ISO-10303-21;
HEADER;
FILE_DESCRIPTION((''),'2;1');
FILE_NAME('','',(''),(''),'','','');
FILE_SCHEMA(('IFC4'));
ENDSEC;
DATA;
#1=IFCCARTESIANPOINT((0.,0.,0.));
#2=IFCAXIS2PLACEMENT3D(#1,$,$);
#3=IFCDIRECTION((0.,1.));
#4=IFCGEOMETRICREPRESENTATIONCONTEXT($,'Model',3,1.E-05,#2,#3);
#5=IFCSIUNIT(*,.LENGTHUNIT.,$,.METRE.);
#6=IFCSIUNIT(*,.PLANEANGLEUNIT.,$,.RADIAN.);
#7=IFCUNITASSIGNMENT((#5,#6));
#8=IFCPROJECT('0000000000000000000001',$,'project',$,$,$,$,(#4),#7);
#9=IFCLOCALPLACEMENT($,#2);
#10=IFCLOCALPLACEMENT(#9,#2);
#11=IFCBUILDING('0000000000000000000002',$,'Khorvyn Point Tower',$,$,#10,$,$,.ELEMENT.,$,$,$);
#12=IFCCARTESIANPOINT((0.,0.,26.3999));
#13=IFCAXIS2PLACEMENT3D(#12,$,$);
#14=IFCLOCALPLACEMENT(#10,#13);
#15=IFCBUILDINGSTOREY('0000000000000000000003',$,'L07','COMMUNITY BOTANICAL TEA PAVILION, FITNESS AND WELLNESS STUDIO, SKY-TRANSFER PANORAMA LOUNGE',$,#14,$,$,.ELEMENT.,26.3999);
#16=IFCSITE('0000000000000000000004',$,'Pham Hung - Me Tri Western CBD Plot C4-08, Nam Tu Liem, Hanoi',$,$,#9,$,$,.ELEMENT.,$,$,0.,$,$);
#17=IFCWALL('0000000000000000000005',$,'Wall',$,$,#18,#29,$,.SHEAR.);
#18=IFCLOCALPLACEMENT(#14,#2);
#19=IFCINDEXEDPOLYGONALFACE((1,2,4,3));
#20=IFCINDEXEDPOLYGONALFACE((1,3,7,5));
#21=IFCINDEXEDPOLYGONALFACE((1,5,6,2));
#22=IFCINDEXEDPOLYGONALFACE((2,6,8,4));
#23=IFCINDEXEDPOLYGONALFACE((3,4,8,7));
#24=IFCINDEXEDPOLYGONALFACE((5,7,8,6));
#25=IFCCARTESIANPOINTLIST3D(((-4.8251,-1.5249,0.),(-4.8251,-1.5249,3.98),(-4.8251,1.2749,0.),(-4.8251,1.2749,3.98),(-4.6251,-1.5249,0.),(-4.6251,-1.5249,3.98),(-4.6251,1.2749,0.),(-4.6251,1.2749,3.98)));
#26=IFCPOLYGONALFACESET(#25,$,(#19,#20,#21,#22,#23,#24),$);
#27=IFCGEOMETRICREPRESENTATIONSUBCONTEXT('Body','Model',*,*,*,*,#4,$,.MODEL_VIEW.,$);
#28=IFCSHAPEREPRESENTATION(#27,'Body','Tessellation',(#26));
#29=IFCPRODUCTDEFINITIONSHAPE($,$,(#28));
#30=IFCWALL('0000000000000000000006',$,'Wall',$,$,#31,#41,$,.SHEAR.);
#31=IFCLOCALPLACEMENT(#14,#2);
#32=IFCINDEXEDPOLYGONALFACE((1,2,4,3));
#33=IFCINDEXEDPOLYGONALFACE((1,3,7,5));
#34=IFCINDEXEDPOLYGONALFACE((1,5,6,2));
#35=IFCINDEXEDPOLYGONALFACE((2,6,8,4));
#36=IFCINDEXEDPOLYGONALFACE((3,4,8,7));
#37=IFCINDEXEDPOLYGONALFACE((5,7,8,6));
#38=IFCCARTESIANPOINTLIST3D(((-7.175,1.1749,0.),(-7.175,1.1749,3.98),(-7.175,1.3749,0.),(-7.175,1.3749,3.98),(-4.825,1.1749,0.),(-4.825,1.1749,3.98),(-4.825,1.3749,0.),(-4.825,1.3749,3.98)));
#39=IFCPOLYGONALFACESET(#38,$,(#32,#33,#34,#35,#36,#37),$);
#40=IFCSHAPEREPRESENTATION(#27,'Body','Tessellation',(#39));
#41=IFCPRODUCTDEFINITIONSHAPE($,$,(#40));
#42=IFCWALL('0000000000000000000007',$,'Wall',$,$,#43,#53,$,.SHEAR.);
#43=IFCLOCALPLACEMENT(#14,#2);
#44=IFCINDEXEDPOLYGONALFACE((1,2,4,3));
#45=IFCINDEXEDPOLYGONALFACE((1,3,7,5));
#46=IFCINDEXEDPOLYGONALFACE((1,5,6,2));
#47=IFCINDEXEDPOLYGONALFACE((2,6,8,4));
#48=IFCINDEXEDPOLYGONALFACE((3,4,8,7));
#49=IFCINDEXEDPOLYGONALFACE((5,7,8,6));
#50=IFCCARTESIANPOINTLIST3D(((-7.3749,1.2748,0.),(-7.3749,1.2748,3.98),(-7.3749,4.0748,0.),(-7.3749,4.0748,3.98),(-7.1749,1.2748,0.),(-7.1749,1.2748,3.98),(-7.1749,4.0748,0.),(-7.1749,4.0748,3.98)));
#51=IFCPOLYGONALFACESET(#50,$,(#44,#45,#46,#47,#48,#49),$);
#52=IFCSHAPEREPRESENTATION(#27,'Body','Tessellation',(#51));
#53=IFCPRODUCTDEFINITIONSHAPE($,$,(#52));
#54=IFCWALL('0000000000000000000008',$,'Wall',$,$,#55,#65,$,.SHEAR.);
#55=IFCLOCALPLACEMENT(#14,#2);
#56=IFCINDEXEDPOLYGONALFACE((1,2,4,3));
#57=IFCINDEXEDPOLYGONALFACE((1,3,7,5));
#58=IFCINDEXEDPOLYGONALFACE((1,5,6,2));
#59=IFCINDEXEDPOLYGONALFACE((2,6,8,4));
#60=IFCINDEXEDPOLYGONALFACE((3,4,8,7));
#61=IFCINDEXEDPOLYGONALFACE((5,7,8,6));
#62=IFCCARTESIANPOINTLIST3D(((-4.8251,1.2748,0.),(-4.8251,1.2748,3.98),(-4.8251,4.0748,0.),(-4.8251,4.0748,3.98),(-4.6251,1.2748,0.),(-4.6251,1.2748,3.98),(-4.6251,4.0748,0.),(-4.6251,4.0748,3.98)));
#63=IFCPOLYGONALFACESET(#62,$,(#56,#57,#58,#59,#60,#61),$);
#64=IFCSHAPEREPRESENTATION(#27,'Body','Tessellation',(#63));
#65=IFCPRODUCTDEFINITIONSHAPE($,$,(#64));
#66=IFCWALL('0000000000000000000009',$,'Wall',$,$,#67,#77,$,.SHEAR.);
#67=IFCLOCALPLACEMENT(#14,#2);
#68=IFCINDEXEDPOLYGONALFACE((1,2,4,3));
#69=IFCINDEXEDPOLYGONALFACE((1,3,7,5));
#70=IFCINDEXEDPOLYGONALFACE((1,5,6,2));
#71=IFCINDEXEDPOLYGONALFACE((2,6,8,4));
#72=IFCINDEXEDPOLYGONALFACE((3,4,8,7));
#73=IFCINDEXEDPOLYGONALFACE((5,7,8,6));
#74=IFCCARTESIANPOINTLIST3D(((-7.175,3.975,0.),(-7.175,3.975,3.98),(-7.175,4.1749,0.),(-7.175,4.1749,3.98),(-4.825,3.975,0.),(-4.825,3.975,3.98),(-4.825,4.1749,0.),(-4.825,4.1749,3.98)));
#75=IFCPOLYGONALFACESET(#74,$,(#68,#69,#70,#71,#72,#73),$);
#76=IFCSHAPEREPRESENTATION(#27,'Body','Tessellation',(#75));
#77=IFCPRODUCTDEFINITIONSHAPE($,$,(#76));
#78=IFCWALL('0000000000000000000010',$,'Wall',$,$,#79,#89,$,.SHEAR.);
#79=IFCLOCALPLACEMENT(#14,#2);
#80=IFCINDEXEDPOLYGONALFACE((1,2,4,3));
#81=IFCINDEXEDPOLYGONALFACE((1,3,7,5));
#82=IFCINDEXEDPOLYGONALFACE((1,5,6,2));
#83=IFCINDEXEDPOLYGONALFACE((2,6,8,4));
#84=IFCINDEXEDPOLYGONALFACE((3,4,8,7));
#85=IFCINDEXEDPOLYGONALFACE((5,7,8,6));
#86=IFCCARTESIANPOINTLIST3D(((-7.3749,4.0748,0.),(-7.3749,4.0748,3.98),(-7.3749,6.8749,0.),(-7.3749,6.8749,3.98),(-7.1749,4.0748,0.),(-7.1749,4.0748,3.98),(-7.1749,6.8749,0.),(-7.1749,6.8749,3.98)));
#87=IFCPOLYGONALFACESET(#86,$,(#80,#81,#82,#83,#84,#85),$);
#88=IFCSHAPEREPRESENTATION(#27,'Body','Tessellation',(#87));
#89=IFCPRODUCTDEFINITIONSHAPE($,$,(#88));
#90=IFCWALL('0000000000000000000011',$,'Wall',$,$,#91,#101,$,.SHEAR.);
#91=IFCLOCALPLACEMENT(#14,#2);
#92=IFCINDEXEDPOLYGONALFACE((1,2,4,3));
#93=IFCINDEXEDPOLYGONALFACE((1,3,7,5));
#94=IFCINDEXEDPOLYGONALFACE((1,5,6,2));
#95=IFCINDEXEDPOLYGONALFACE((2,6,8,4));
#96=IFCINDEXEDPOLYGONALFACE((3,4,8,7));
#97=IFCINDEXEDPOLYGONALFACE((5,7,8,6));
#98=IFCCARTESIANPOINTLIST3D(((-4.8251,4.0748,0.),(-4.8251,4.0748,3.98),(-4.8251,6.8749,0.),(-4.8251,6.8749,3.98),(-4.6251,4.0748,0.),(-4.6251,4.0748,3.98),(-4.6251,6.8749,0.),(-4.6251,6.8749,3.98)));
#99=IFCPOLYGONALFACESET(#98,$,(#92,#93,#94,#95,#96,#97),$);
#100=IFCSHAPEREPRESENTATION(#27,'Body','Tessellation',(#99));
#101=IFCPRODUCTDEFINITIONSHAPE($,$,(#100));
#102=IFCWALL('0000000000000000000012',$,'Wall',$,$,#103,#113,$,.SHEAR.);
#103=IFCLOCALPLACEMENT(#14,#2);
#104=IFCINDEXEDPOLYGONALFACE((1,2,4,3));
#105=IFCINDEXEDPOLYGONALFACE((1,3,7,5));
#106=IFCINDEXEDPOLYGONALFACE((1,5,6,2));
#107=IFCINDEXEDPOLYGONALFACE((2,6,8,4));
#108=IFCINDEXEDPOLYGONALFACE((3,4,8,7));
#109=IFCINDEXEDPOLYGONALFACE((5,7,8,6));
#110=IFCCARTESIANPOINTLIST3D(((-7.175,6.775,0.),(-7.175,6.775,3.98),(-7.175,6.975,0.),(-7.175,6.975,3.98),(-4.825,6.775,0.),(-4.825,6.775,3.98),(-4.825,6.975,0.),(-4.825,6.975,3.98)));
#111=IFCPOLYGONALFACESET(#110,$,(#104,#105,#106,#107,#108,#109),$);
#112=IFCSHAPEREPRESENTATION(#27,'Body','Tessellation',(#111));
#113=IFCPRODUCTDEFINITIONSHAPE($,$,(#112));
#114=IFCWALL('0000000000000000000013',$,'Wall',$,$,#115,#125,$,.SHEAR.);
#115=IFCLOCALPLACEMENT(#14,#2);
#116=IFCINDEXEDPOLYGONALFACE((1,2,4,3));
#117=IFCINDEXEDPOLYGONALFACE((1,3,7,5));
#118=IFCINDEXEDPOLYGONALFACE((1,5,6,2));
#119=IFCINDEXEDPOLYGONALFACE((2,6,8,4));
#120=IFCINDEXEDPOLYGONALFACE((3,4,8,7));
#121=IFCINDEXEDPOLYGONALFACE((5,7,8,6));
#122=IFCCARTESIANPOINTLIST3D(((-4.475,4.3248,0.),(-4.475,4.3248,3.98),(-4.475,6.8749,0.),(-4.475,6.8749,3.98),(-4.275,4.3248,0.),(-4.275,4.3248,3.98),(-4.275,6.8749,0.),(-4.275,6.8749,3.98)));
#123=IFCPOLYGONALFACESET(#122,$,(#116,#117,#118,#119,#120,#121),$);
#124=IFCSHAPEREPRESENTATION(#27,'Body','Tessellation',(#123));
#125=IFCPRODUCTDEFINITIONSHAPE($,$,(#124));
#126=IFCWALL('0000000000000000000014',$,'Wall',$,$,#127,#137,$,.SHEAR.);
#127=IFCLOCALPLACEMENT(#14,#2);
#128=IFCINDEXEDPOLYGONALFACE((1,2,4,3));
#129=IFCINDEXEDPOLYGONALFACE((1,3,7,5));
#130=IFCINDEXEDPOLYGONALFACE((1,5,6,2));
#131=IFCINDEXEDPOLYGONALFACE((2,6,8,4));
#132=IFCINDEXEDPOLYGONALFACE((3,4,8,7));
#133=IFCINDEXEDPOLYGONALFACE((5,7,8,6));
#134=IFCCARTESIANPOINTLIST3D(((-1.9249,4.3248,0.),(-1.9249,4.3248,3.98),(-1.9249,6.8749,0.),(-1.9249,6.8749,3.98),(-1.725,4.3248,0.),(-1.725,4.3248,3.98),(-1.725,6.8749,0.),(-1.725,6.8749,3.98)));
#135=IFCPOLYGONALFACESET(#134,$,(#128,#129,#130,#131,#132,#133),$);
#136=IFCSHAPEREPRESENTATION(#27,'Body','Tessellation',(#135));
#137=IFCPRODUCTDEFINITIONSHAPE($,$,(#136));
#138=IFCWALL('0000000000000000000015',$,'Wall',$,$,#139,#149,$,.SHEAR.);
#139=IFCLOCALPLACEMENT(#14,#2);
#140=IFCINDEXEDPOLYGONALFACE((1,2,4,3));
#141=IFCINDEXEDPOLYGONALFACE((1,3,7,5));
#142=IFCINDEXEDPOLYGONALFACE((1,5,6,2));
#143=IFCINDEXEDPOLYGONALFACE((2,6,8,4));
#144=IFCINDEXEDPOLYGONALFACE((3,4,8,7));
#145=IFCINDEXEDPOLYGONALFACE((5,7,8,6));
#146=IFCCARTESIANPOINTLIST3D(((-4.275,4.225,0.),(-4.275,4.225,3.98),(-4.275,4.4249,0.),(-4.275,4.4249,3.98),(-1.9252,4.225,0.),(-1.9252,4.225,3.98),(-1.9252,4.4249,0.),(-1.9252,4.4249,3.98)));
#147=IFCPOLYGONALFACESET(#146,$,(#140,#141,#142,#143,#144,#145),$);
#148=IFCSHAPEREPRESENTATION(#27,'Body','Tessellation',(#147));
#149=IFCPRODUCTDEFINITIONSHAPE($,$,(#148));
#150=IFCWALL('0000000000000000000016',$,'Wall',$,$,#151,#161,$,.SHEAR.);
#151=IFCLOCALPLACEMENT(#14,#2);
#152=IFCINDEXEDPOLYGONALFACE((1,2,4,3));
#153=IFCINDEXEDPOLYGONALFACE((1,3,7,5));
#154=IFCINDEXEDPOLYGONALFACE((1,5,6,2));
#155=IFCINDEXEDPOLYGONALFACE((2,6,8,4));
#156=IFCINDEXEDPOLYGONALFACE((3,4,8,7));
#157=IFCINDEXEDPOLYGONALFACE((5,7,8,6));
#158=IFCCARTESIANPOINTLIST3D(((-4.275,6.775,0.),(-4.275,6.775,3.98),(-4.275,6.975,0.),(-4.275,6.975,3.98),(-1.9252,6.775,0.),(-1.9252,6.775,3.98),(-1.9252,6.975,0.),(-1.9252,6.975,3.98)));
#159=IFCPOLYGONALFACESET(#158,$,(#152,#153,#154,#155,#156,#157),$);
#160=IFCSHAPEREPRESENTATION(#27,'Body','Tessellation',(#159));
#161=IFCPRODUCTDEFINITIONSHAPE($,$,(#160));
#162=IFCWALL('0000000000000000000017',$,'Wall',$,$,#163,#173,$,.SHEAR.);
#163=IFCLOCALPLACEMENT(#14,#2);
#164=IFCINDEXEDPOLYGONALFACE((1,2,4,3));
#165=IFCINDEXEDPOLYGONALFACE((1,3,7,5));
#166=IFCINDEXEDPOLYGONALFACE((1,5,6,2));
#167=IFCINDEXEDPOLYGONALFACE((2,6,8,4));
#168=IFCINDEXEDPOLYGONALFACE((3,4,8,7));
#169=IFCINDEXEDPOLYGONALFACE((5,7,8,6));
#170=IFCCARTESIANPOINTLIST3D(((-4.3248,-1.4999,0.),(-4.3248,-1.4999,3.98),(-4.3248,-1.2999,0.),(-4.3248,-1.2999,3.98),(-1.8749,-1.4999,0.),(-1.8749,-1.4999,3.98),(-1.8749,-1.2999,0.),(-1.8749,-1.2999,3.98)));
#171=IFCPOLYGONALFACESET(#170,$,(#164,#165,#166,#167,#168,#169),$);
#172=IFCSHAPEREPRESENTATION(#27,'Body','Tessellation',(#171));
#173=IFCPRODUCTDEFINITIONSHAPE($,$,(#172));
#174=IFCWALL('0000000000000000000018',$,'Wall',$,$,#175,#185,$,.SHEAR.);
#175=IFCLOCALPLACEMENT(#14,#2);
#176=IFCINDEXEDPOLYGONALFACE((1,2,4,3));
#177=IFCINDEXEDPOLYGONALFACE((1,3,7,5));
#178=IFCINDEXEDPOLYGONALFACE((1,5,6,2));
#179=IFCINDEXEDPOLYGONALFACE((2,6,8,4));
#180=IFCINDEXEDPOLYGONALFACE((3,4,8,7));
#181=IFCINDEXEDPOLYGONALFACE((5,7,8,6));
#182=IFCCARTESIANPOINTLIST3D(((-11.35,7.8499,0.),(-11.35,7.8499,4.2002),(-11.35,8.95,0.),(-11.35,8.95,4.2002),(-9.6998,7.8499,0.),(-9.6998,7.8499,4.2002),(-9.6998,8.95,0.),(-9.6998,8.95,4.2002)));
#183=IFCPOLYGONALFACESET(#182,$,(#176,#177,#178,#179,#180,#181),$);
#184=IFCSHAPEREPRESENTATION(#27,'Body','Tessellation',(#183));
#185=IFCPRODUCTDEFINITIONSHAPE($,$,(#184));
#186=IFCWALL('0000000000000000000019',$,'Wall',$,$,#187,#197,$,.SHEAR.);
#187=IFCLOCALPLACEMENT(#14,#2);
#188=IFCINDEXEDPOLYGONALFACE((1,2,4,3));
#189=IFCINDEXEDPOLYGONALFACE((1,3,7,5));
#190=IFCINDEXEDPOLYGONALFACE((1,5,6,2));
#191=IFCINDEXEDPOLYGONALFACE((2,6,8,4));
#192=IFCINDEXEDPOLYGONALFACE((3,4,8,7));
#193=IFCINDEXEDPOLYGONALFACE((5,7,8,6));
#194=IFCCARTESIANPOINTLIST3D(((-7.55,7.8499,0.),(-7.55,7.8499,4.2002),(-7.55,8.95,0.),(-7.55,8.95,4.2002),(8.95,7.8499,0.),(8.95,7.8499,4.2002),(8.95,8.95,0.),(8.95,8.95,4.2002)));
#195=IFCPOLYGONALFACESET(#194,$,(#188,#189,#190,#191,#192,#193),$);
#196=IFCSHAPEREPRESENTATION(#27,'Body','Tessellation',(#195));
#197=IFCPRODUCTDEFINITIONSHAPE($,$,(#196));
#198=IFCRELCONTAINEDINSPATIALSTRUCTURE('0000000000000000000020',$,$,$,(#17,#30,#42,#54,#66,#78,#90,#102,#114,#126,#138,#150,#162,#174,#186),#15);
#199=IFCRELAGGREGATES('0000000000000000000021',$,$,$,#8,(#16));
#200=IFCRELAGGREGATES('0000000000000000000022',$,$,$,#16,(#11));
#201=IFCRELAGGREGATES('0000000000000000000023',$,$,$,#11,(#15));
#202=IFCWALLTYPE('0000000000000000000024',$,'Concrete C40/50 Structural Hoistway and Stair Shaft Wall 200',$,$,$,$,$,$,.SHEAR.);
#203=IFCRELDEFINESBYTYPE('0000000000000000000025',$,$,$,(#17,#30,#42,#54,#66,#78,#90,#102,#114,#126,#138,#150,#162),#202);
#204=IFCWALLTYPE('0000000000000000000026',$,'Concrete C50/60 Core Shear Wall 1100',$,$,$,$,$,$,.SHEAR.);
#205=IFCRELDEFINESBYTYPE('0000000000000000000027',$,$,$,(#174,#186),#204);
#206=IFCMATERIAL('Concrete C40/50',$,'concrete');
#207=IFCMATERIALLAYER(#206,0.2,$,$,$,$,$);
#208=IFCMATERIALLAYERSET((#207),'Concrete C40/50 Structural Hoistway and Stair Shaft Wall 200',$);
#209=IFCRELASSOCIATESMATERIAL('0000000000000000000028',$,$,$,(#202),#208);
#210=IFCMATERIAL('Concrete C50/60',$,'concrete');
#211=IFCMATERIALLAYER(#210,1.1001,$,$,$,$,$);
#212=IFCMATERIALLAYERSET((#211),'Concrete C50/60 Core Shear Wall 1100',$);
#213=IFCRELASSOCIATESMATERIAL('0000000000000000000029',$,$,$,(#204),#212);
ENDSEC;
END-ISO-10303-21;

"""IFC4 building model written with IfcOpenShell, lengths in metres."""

from ifc_helpers import new_model, si_unit, direction, frame, frame_2d, origin, place, context, subcontext, project, spatial, rectangle, extrude, material, layer, layer_set, type_object, element, save


model = new_model("IFC4")

# Units and contexts
model_context = context("Model", 3, precision=1e-05, world=origin(), true_north=direction((0.0, 1.0)))
body_context = subcontext(model_context, "Body", "Model", "MODEL_VIEW")
ifc_project = project(units=[si_unit("LENGTHUNIT", "METRE"), si_unit("PLANEANGLEUNIT", "RADIAN")], contexts=[model_context])

# Site, building, storey
site_placement = place(None, origin())
site = spatial("IfcSite", under=ifc_project, at=site_placement, Name="Pham Hung - Me Tri Western CBD Plot C4-08, Nam Tu Liem, Hanoi", CompositionType="ELEMENT", RefElevation=0.0)
building_placement = place(site_placement, origin())
building = spatial("IfcBuilding", under=site, at=building_placement, Name="Khorvyn Point Tower", CompositionType="ELEMENT")
storey_placement = place(building_placement, frame((0.0, 0.0, 26.3999)))
storey = spatial("IfcBuildingStorey", under=building, at=storey_placement, Name="L07", Description="COMMUNITY BOTANICAL TEA PAVILION, FITNESS AND WELLNESS STUDIO, SKY-TRANSFER PANORAMA LOUNGE", CompositionType="ELEMENT", Elevation=26.3999)

# Shared definitions
ifc_material_1 = material(Name="Concrete C40/50", Category="concrete")
ifc_material_2 = material(Name="Concrete C50/60", Category="concrete")

# Shared definitions
ifc_layer_1 = layer(ifc_material_1, 0.2)
ifc_layer_set_1 = layer_set([ifc_layer_1], Name="Concrete C40/50 Structural Hoistway and Stair Shaft Wall 200")
wall_type_1 = type_object("IfcWallType", Name="Concrete C40/50 Structural Hoistway and Stair Shaft Wall 200", PredefinedType="SHEAR", material=ifc_layer_set_1)

# Walls
wall_1_placement = place(storey_placement, frame((-4.7251, -1.5249, 0.0), z_axis=(0.0, 0.0, 1.0), x_axis=(0.0, 1.0, 0.0)))
element("IfcWall", 1, at=wall_1_placement, inside=storey, type_object=wall_type_1, Name="Wall", PredefinedType="SHEAR", context=body_context, shape_type="SweptSolid", body=[
    extrude(rectangle(XDim=2.7998, YDim=0.2, at=frame_2d((1.3999, 0.0))), origin(), (0.0, 0.0, 1.0), 3.98),
])
wall_2_placement = place(storey_placement, frame((-7.175, 1.2749, 0.0), z_axis=(0.0, 0.0, 1.0), x_axis=(1.0, 0.0, 0.0)))
element("IfcWall", 2, at=wall_2_placement, inside=storey, type_object=wall_type_1, Name="Wall", PredefinedType="SHEAR", context=body_context, shape_type="SweptSolid", body=[
    extrude(rectangle(XDim=2.3501, YDim=0.2, at=frame_2d((1.175, 0.0))), origin(), (0.0, 0.0, 1.0), 3.98),
])
for number, where, z_axis, x_axis, name in (
    (3, (-7.2749, 1.2749, 0.0), (0.0, 0.0, 1.0), (0.0, 1.0, 0.0), "Wall"),
    (4, (-4.7251, 1.2749, 0.0), (0.0, 0.0, 1.0), (0.0, 1.0, 0.0), "Wall"),
):
    element("IfcWall", number, at=place(storey_placement, frame(where, z_axis=z_axis, x_axis=x_axis)), inside=storey, type_object=wall_type_1, Name=name, PredefinedType="SHEAR", context=body_context, shape_type="SweptSolid", body=[
        extrude(rectangle(XDim=2.8, YDim=0.2, at=frame_2d((1.3999, 0.0))), origin(), (0.0, 0.0, 1.0), 3.98),
    ])
wall_3_placement = place(storey_placement, frame((-7.175, 4.075, 0.0), z_axis=(0.0, 0.0, 1.0), x_axis=(1.0, 0.0, 0.0)))
element("IfcWall", 5, at=wall_3_placement, inside=storey, type_object=wall_type_1, Name="Wall", PredefinedType="SHEAR", context=body_context, shape_type="SweptSolid", body=[
    extrude(rectangle(XDim=2.3501, YDim=0.2, at=frame_2d((1.175, 0.0))), origin(), (0.0, 0.0, 1.0), 3.98),
])
for number, where, z_axis, x_axis, name in (
    (6, (-7.2749, 4.075, 0.0), (0.0, 0.0, 1.0), (0.0, 1.0, 0.0), "Wall"),
    (7, (-4.7251, 4.075, 0.0), (0.0, 0.0, 1.0), (0.0, 1.0, 0.0), "Wall"),
):
    element("IfcWall", number, at=place(storey_placement, frame(where, z_axis=z_axis, x_axis=x_axis)), inside=storey, type_object=wall_type_1, Name=name, PredefinedType="SHEAR", context=body_context, shape_type="SweptSolid", body=[
        extrude(rectangle(XDim=2.8, YDim=0.2, at=frame_2d((1.3999, 0.0))), origin(), (0.0, 0.0, 1.0), 3.98),
    ])
wall_4_placement = place(storey_placement, frame((-7.175, 6.875, 0.0), z_axis=(0.0, 0.0, 1.0), x_axis=(1.0, 0.0, 0.0)))
element("IfcWall", 8, at=wall_4_placement, inside=storey, type_object=wall_type_1, Name="Wall", PredefinedType="SHEAR", context=body_context, shape_type="SweptSolid", body=[
    extrude(rectangle(XDim=2.3501, YDim=0.2, at=frame_2d((1.175, 0.0))), origin(), (0.0, 0.0, 1.0), 3.98),
])
for number, where, z_axis, x_axis, name in (
    (9, (-4.375, 4.325, 0.0), (0.0, 0.0, 1.0), (0.0, 1.0, 0.0), "Wall"),
    (10, (-1.825, 4.325, 0.0), (0.0, 0.0, 1.0), (0.0, 1.0, 0.0), "Wall"),
):
    element("IfcWall", number, at=place(storey_placement, frame(where, z_axis=z_axis, x_axis=x_axis)), inside=storey, type_object=wall_type_1, Name=name, PredefinedType="SHEAR", context=body_context, shape_type="SweptSolid", body=[
        extrude(rectangle(XDim=2.55, YDim=0.2, at=frame_2d((1.2749, 0.0))), origin(), (0.0, 0.0, 1.0), 3.98),
    ])
for number, where, z_axis, x_axis, name in (
    (11, (-4.2749, 4.325, 0.0), (0.0, 0.0, 1.0), (1.0, 0.0, 0.0), "Wall"),
    (12, (-4.2749, 6.875, 0.0), (0.0, 0.0, 1.0), (1.0, 0.0, 0.0), "Wall"),
):
    element("IfcWall", number, at=place(storey_placement, frame(where, z_axis=z_axis, x_axis=x_axis)), inside=storey, type_object=wall_type_1, Name=name, PredefinedType="SHEAR", context=body_context, shape_type="SweptSolid", body=[
        extrude(rectangle(XDim=2.3499, YDim=0.2, at=frame_2d((1.1748, 0.0))), origin(), (0.0, 0.0, 1.0), 3.98),
    ])
wall_5_placement = place(storey_placement, frame((-4.325, -1.3999, 0.0), z_axis=(0.0, 0.0, 1.0), x_axis=(1.0, 0.0, 0.0)))
element("IfcWall", 13, at=wall_5_placement, inside=storey, type_object=wall_type_1, Name="Wall", PredefinedType="SHEAR", context=body_context, shape_type="SweptSolid", body=[
    extrude(rectangle(XDim=2.45, YDim=0.2, at=frame_2d((1.2251, 0.0))), origin(), (0.0, 0.0, 1.0), 3.98),
])
ifc_layer_2 = layer(ifc_material_2, 1.1001)
ifc_layer_set_2 = layer_set([ifc_layer_2], Name="Concrete C50/60 Core Shear Wall 1100")
wall_type_2 = type_object("IfcWallType", Name="Concrete C50/60 Core Shear Wall 1100", PredefinedType="SHEAR", material=ifc_layer_set_2)
wall_6_placement = place(storey_placement, frame((-11.3501, 8.3999, 0.0), z_axis=(0.0, 0.0, 1.0), x_axis=(1.0, 0.0, 0.0)))
element("IfcWall", 14, at=wall_6_placement, inside=storey, type_object=wall_type_2, Name="Wall", PredefinedType="SHEAR", context=body_context, shape_type="SweptSolid", body=[
    extrude(rectangle(XDim=1.6501, YDim=1.1001, at=frame_2d((0.8252, 0.0))), origin(), (0.0, 0.0, 1.0), 4.2002),
])
wall_7_placement = place(storey_placement, frame((-7.55, 8.3999, 0.0), z_axis=(0.0, 0.0, 1.0), x_axis=(1.0, 0.0, 0.0)))
element("IfcWall", 15, at=wall_7_placement, inside=storey, type_object=wall_type_2, Name="Wall", PredefinedType="SHEAR", context=body_context, shape_type="SweptSolid", body=[
    extrude(rectangle(XDim=16.5, YDim=1.1001, at=frame_2d((8.25, 0.0))), origin(), (0.0, 0.0, 1.0), 4.2002),
])

save(model, "model.ifc")
